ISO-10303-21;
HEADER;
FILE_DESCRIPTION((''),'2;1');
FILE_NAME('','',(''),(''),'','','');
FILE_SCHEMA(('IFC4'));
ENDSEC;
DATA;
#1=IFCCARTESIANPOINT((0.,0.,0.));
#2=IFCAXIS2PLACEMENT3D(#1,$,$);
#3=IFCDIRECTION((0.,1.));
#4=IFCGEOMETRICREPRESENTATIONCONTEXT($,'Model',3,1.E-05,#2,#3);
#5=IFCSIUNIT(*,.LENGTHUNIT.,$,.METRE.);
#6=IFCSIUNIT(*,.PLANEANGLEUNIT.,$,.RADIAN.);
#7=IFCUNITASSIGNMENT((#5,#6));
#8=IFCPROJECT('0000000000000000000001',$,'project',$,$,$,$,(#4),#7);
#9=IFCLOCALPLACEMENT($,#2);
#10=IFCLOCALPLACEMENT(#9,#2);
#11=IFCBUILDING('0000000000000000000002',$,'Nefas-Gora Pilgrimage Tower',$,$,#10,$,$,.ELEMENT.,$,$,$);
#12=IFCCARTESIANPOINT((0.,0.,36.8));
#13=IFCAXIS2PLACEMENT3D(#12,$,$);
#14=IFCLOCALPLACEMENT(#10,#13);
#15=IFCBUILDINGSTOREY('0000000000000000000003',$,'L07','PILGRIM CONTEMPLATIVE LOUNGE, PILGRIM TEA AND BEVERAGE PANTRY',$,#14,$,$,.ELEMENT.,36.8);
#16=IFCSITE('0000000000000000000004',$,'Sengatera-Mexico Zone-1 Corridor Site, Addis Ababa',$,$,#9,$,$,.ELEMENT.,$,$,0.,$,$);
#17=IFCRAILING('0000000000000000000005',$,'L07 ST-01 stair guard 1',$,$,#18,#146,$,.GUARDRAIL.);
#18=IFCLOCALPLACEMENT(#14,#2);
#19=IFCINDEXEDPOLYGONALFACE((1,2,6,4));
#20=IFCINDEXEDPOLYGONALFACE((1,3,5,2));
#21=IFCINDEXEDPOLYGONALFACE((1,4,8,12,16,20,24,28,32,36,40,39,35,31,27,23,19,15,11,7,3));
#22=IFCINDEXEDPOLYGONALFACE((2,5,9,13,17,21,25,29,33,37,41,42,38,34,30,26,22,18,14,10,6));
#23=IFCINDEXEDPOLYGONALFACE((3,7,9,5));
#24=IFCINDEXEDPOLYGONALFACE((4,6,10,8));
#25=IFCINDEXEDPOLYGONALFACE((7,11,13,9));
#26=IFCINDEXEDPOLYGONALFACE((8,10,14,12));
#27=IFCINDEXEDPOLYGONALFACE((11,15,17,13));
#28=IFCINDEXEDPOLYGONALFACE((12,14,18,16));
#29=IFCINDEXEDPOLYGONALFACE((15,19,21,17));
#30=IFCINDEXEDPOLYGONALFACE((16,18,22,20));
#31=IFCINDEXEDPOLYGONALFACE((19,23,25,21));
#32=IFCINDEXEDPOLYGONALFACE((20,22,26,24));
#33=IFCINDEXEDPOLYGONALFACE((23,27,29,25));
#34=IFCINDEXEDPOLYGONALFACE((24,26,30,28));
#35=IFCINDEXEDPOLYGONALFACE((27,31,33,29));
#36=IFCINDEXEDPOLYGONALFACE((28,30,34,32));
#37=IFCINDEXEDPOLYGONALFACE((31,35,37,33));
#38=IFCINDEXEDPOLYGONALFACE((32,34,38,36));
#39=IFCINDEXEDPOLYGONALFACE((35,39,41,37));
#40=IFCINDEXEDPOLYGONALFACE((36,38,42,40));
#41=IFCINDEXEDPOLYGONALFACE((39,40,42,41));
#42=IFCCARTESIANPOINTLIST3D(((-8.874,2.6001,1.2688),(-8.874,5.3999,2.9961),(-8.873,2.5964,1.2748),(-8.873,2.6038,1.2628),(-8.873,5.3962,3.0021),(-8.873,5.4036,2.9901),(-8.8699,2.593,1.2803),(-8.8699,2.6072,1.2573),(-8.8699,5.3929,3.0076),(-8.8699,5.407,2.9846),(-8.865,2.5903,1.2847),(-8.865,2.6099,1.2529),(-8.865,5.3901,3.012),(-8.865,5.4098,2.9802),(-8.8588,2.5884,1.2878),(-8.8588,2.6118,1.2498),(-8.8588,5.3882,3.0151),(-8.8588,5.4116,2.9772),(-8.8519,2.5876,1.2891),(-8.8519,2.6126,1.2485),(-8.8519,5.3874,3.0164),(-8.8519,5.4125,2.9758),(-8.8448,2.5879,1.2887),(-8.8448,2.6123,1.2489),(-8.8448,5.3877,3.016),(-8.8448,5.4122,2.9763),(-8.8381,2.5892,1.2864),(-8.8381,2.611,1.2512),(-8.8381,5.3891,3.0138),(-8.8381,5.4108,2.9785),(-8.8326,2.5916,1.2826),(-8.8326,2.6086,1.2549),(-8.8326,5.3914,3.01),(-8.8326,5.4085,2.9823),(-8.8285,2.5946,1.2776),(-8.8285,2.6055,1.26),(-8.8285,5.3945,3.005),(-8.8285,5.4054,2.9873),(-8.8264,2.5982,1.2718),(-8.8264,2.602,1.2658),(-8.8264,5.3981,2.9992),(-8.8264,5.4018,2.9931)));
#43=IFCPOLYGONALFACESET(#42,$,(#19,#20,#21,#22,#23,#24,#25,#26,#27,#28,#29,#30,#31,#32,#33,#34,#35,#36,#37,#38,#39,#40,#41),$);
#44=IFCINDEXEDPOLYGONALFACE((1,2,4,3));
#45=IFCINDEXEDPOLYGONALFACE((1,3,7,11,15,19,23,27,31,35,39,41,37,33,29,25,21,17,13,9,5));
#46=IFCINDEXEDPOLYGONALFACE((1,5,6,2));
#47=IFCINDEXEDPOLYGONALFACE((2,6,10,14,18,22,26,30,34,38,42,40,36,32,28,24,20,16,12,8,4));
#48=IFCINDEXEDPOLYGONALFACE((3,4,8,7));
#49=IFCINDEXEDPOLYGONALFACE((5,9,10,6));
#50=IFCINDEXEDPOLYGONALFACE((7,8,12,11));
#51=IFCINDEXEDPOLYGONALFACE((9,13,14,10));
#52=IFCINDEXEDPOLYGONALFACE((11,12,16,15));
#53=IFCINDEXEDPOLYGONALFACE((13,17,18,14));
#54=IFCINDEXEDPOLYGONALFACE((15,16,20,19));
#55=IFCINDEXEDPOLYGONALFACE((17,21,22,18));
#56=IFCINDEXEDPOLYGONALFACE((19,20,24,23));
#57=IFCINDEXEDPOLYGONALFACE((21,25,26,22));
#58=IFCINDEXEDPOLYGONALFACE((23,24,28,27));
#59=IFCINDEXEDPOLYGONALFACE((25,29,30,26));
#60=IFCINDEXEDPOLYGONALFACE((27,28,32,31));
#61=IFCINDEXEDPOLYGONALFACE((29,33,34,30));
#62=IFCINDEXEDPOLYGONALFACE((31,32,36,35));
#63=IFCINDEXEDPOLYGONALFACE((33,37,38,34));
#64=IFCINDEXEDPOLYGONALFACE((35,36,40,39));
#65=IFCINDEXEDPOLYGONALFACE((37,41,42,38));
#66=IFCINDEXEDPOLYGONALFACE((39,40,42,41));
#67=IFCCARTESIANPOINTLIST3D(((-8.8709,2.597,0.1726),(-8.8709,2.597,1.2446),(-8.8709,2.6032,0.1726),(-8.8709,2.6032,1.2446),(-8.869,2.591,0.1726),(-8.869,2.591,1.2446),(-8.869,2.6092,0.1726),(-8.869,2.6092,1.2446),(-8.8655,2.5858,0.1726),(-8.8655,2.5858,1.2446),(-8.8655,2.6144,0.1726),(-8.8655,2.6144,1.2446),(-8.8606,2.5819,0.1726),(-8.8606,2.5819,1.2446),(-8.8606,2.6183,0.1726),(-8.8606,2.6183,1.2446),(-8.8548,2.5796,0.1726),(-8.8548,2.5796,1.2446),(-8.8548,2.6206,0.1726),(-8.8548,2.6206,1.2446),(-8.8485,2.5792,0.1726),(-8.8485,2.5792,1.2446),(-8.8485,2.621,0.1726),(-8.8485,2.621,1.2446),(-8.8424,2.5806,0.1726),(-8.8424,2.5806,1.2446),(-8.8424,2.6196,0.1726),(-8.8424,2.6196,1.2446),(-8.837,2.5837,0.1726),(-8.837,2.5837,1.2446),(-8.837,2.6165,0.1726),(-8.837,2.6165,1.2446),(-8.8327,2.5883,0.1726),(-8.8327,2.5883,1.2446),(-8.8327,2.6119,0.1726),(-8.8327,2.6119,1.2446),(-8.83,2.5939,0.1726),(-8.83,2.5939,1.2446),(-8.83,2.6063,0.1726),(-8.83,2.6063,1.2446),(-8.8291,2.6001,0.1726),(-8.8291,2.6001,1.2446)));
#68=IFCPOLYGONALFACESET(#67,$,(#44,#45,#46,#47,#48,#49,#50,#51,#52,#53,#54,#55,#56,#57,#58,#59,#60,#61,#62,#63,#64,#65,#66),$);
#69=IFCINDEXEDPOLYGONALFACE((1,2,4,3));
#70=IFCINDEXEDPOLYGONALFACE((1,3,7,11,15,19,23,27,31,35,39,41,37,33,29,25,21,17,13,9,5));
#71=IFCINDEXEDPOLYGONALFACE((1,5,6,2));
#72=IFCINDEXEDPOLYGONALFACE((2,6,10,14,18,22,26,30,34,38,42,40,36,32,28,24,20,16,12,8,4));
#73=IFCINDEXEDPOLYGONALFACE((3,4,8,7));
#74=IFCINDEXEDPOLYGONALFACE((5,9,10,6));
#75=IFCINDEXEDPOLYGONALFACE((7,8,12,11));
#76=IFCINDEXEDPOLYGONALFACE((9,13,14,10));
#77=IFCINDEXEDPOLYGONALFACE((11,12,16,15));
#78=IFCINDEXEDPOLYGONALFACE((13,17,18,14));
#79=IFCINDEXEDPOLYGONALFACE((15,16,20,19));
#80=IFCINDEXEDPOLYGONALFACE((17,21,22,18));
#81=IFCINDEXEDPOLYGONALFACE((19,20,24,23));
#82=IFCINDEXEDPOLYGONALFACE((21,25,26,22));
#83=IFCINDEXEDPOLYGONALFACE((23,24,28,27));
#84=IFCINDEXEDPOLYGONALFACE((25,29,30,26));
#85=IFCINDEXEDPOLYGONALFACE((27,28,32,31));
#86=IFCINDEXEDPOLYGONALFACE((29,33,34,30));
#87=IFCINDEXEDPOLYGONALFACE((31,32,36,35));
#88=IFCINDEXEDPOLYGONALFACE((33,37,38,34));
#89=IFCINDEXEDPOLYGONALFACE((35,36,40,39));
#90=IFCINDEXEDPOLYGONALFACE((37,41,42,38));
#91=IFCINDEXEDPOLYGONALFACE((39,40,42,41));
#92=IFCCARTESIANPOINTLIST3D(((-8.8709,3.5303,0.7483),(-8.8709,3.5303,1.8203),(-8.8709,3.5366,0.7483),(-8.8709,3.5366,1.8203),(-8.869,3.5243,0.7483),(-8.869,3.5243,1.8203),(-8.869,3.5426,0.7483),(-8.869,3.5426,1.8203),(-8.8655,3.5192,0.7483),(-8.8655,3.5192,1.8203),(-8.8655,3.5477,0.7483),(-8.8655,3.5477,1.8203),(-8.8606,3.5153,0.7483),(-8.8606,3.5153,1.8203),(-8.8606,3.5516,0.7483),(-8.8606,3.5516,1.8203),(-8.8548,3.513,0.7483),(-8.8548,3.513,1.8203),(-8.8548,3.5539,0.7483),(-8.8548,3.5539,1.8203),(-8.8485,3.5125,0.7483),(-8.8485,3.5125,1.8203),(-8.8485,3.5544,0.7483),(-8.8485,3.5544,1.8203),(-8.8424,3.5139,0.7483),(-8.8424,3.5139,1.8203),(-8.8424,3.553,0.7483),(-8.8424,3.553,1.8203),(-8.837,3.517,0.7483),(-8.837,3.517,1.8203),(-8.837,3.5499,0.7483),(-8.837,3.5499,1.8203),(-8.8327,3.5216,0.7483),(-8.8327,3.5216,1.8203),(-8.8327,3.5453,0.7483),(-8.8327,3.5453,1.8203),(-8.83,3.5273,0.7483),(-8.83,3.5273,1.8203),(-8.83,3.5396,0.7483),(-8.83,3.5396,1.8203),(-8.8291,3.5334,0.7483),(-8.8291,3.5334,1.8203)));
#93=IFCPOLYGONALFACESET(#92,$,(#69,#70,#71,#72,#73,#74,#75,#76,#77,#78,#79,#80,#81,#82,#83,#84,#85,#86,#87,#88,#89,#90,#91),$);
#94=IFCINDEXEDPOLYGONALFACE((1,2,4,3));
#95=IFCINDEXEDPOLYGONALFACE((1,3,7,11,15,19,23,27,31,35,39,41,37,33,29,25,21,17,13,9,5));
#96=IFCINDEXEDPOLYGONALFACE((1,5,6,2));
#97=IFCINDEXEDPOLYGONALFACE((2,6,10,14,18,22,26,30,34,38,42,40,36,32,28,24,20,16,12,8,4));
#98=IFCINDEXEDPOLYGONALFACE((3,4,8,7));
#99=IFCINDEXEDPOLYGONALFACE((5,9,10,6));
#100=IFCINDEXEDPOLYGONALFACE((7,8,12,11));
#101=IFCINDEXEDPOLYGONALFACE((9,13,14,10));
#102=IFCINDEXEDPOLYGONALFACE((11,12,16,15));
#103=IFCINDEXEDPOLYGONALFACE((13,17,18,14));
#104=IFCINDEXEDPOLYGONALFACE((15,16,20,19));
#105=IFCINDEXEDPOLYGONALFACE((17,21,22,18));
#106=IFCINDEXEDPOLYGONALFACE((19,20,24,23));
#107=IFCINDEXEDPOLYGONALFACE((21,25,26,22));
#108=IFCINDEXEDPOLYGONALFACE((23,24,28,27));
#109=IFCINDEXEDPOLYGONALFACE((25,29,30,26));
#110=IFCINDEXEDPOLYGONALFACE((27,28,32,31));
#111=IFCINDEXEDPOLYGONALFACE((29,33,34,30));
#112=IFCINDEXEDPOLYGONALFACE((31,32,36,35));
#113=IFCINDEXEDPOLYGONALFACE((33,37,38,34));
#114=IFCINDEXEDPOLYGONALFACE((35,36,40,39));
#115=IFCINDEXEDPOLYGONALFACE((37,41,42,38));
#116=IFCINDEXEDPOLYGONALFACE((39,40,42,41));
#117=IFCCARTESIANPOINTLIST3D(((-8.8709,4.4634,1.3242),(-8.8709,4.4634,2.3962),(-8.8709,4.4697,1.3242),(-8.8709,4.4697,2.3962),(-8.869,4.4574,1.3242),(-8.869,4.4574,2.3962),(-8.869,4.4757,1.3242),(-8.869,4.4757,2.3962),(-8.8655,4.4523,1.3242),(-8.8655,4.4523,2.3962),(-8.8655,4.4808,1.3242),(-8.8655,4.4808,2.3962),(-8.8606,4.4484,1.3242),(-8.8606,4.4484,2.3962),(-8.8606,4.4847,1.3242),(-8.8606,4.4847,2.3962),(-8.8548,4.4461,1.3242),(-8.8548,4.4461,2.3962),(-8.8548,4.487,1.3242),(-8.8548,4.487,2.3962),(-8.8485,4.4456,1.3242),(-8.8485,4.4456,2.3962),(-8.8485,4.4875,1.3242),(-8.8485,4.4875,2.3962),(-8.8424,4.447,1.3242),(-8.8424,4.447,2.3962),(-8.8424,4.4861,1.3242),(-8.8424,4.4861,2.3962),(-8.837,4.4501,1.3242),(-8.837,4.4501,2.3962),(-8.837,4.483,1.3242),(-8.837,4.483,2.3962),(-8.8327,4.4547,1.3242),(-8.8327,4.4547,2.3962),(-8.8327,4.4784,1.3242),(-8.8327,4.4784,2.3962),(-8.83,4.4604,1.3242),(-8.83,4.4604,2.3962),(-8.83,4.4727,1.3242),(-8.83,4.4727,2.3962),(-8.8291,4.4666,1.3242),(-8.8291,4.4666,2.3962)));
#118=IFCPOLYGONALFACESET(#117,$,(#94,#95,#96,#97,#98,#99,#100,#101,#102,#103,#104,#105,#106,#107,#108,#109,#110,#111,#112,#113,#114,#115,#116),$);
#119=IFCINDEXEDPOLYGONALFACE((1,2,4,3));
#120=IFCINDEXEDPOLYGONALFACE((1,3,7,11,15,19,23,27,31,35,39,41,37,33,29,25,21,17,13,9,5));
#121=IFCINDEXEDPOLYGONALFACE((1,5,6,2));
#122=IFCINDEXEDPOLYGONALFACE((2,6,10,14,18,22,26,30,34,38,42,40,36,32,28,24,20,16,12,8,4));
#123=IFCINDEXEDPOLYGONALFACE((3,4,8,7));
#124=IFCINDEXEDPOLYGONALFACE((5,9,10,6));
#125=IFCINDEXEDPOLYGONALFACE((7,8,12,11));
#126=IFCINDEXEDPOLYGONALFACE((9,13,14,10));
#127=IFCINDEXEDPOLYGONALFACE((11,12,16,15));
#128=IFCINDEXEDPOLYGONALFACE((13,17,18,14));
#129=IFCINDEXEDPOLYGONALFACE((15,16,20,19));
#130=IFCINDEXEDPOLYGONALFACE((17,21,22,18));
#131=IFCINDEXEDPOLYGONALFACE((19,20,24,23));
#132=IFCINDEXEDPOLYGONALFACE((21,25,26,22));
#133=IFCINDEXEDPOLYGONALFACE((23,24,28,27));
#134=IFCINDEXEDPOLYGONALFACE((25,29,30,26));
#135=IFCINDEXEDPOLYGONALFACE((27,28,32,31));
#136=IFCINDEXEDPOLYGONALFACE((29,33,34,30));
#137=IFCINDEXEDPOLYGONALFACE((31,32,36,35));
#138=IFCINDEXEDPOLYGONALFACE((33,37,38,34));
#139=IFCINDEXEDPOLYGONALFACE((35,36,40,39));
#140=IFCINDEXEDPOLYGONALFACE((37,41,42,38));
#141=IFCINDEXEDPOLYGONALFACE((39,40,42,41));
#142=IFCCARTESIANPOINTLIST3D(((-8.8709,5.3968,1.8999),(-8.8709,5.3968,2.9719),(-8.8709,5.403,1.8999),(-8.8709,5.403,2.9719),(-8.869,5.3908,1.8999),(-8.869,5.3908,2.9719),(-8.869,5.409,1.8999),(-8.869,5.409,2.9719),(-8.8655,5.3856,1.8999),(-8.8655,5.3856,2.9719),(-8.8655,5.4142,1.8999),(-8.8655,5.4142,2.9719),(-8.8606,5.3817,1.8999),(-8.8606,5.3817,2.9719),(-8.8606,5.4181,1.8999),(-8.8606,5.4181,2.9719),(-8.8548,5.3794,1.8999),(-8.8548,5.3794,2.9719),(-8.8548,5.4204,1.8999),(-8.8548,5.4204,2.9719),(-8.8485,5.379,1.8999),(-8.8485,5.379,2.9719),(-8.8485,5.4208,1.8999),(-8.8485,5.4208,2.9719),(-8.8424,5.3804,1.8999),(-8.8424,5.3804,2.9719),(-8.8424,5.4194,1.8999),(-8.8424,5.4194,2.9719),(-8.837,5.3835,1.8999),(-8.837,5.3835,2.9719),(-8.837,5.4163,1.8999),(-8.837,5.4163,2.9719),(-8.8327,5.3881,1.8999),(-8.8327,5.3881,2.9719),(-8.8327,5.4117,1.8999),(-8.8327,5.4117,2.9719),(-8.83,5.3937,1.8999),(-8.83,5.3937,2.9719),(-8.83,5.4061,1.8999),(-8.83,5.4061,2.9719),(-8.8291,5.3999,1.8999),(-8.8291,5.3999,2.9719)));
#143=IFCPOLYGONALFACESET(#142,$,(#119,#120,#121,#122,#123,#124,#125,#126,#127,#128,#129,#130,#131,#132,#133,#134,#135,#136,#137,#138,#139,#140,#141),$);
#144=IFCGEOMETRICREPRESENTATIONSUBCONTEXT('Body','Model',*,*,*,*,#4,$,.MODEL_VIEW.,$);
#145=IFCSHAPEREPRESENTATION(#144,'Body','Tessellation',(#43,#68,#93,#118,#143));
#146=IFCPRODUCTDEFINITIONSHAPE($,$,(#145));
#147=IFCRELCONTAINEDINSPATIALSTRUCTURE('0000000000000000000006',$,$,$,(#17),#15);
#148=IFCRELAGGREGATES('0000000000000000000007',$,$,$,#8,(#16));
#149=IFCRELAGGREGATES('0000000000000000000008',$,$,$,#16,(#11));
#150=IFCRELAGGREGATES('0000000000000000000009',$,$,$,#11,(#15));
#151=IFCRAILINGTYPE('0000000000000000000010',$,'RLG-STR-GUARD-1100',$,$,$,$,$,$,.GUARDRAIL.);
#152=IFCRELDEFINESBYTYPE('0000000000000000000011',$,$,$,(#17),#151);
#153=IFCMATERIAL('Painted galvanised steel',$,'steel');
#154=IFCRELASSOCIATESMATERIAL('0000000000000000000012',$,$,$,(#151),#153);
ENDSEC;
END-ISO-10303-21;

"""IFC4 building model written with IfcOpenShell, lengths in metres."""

from ifc_helpers import new_model, si_unit, direction, frame, origin, origin_2d, place, context, subcontext, project, spatial, circle, extrude, material, type_object, element, save


model = new_model("IFC4")

# Units and contexts
model_context = context("Model", 3, precision=1e-05, world=origin(), true_north=direction((0.0, 1.0)))
body_context = subcontext(model_context, "Body", "Model", "MODEL_VIEW")
ifc_project = project(units=[si_unit("LENGTHUNIT", "METRE"), si_unit("PLANEANGLEUNIT", "RADIAN")], contexts=[model_context])

# Site, building, storey
site_placement = place(None, origin())
site = spatial("IfcSite", under=ifc_project, at=site_placement, Name="Sengatera-Mexico Zone-1 Corridor Site, Addis Ababa", CompositionType="ELEMENT", RefElevation=0.0)
building_placement = place(site_placement, origin())
building = spatial("IfcBuilding", under=site, at=building_placement, Name="Nefas-Gora Pilgrimage Tower", CompositionType="ELEMENT")
storey_placement = place(building_placement, frame((0.0, 0.0, 36.8)))
storey = spatial("IfcBuildingStorey", under=building, at=storey_placement, Name="L07", Description="PILGRIM CONTEMPLATIVE LOUNGE, PILGRIM TEA AND BEVERAGE PANTRY", CompositionType="ELEMENT", Elevation=36.8)

# Railing
ifc_material_1 = material(Name="Painted galvanised steel", Category="steel")
railing_type_1 = type_object("IfcRailingType", Name="RLG-STR-GUARD-1100", PredefinedType="GUARDRAIL", material=ifc_material_1)
railing_1_placement = place(storey_placement, frame((-8.8501, 2.6001, 0.1726)))
element("IfcRailing", 1, at=railing_1_placement, inside=storey, type_object=railing_type_1, Name="L07 ST-01 stair guard 1", PredefinedType="GUARDRAIL", context=body_context, shape_type="SweptSolid", body=[
    extrude(circle(Radius=0.0239, at=origin_2d()), frame((0.0, 0.0, 1.0962), z_axis=(0.0, 0.851069, 0.525054), x_axis=(-1.0, 0.0, 0.0)), (0.0, 0.0, 1.0), 3.2898),
    extrude(circle(Radius=0.021, at=origin_2d()), origin(), (0.0, 0.0, 1.0), 1.072),
    extrude(circle(Radius=0.021, at=origin_2d()), frame((0.0, 0.9333, 0.5757)), (0.0, 0.0, 1.0), 1.072),
    extrude(circle(Radius=0.021, at=origin_2d()), frame((0.0, 1.8665, 1.1516)), (0.0, 0.0, 1.0), 1.072),
    extrude(circle(Radius=0.021, at=origin_2d()), frame((0.0, 2.7998, 1.7273)), (0.0, 0.0, 1.0), 1.072),
])

save(model, "model.ifc")
